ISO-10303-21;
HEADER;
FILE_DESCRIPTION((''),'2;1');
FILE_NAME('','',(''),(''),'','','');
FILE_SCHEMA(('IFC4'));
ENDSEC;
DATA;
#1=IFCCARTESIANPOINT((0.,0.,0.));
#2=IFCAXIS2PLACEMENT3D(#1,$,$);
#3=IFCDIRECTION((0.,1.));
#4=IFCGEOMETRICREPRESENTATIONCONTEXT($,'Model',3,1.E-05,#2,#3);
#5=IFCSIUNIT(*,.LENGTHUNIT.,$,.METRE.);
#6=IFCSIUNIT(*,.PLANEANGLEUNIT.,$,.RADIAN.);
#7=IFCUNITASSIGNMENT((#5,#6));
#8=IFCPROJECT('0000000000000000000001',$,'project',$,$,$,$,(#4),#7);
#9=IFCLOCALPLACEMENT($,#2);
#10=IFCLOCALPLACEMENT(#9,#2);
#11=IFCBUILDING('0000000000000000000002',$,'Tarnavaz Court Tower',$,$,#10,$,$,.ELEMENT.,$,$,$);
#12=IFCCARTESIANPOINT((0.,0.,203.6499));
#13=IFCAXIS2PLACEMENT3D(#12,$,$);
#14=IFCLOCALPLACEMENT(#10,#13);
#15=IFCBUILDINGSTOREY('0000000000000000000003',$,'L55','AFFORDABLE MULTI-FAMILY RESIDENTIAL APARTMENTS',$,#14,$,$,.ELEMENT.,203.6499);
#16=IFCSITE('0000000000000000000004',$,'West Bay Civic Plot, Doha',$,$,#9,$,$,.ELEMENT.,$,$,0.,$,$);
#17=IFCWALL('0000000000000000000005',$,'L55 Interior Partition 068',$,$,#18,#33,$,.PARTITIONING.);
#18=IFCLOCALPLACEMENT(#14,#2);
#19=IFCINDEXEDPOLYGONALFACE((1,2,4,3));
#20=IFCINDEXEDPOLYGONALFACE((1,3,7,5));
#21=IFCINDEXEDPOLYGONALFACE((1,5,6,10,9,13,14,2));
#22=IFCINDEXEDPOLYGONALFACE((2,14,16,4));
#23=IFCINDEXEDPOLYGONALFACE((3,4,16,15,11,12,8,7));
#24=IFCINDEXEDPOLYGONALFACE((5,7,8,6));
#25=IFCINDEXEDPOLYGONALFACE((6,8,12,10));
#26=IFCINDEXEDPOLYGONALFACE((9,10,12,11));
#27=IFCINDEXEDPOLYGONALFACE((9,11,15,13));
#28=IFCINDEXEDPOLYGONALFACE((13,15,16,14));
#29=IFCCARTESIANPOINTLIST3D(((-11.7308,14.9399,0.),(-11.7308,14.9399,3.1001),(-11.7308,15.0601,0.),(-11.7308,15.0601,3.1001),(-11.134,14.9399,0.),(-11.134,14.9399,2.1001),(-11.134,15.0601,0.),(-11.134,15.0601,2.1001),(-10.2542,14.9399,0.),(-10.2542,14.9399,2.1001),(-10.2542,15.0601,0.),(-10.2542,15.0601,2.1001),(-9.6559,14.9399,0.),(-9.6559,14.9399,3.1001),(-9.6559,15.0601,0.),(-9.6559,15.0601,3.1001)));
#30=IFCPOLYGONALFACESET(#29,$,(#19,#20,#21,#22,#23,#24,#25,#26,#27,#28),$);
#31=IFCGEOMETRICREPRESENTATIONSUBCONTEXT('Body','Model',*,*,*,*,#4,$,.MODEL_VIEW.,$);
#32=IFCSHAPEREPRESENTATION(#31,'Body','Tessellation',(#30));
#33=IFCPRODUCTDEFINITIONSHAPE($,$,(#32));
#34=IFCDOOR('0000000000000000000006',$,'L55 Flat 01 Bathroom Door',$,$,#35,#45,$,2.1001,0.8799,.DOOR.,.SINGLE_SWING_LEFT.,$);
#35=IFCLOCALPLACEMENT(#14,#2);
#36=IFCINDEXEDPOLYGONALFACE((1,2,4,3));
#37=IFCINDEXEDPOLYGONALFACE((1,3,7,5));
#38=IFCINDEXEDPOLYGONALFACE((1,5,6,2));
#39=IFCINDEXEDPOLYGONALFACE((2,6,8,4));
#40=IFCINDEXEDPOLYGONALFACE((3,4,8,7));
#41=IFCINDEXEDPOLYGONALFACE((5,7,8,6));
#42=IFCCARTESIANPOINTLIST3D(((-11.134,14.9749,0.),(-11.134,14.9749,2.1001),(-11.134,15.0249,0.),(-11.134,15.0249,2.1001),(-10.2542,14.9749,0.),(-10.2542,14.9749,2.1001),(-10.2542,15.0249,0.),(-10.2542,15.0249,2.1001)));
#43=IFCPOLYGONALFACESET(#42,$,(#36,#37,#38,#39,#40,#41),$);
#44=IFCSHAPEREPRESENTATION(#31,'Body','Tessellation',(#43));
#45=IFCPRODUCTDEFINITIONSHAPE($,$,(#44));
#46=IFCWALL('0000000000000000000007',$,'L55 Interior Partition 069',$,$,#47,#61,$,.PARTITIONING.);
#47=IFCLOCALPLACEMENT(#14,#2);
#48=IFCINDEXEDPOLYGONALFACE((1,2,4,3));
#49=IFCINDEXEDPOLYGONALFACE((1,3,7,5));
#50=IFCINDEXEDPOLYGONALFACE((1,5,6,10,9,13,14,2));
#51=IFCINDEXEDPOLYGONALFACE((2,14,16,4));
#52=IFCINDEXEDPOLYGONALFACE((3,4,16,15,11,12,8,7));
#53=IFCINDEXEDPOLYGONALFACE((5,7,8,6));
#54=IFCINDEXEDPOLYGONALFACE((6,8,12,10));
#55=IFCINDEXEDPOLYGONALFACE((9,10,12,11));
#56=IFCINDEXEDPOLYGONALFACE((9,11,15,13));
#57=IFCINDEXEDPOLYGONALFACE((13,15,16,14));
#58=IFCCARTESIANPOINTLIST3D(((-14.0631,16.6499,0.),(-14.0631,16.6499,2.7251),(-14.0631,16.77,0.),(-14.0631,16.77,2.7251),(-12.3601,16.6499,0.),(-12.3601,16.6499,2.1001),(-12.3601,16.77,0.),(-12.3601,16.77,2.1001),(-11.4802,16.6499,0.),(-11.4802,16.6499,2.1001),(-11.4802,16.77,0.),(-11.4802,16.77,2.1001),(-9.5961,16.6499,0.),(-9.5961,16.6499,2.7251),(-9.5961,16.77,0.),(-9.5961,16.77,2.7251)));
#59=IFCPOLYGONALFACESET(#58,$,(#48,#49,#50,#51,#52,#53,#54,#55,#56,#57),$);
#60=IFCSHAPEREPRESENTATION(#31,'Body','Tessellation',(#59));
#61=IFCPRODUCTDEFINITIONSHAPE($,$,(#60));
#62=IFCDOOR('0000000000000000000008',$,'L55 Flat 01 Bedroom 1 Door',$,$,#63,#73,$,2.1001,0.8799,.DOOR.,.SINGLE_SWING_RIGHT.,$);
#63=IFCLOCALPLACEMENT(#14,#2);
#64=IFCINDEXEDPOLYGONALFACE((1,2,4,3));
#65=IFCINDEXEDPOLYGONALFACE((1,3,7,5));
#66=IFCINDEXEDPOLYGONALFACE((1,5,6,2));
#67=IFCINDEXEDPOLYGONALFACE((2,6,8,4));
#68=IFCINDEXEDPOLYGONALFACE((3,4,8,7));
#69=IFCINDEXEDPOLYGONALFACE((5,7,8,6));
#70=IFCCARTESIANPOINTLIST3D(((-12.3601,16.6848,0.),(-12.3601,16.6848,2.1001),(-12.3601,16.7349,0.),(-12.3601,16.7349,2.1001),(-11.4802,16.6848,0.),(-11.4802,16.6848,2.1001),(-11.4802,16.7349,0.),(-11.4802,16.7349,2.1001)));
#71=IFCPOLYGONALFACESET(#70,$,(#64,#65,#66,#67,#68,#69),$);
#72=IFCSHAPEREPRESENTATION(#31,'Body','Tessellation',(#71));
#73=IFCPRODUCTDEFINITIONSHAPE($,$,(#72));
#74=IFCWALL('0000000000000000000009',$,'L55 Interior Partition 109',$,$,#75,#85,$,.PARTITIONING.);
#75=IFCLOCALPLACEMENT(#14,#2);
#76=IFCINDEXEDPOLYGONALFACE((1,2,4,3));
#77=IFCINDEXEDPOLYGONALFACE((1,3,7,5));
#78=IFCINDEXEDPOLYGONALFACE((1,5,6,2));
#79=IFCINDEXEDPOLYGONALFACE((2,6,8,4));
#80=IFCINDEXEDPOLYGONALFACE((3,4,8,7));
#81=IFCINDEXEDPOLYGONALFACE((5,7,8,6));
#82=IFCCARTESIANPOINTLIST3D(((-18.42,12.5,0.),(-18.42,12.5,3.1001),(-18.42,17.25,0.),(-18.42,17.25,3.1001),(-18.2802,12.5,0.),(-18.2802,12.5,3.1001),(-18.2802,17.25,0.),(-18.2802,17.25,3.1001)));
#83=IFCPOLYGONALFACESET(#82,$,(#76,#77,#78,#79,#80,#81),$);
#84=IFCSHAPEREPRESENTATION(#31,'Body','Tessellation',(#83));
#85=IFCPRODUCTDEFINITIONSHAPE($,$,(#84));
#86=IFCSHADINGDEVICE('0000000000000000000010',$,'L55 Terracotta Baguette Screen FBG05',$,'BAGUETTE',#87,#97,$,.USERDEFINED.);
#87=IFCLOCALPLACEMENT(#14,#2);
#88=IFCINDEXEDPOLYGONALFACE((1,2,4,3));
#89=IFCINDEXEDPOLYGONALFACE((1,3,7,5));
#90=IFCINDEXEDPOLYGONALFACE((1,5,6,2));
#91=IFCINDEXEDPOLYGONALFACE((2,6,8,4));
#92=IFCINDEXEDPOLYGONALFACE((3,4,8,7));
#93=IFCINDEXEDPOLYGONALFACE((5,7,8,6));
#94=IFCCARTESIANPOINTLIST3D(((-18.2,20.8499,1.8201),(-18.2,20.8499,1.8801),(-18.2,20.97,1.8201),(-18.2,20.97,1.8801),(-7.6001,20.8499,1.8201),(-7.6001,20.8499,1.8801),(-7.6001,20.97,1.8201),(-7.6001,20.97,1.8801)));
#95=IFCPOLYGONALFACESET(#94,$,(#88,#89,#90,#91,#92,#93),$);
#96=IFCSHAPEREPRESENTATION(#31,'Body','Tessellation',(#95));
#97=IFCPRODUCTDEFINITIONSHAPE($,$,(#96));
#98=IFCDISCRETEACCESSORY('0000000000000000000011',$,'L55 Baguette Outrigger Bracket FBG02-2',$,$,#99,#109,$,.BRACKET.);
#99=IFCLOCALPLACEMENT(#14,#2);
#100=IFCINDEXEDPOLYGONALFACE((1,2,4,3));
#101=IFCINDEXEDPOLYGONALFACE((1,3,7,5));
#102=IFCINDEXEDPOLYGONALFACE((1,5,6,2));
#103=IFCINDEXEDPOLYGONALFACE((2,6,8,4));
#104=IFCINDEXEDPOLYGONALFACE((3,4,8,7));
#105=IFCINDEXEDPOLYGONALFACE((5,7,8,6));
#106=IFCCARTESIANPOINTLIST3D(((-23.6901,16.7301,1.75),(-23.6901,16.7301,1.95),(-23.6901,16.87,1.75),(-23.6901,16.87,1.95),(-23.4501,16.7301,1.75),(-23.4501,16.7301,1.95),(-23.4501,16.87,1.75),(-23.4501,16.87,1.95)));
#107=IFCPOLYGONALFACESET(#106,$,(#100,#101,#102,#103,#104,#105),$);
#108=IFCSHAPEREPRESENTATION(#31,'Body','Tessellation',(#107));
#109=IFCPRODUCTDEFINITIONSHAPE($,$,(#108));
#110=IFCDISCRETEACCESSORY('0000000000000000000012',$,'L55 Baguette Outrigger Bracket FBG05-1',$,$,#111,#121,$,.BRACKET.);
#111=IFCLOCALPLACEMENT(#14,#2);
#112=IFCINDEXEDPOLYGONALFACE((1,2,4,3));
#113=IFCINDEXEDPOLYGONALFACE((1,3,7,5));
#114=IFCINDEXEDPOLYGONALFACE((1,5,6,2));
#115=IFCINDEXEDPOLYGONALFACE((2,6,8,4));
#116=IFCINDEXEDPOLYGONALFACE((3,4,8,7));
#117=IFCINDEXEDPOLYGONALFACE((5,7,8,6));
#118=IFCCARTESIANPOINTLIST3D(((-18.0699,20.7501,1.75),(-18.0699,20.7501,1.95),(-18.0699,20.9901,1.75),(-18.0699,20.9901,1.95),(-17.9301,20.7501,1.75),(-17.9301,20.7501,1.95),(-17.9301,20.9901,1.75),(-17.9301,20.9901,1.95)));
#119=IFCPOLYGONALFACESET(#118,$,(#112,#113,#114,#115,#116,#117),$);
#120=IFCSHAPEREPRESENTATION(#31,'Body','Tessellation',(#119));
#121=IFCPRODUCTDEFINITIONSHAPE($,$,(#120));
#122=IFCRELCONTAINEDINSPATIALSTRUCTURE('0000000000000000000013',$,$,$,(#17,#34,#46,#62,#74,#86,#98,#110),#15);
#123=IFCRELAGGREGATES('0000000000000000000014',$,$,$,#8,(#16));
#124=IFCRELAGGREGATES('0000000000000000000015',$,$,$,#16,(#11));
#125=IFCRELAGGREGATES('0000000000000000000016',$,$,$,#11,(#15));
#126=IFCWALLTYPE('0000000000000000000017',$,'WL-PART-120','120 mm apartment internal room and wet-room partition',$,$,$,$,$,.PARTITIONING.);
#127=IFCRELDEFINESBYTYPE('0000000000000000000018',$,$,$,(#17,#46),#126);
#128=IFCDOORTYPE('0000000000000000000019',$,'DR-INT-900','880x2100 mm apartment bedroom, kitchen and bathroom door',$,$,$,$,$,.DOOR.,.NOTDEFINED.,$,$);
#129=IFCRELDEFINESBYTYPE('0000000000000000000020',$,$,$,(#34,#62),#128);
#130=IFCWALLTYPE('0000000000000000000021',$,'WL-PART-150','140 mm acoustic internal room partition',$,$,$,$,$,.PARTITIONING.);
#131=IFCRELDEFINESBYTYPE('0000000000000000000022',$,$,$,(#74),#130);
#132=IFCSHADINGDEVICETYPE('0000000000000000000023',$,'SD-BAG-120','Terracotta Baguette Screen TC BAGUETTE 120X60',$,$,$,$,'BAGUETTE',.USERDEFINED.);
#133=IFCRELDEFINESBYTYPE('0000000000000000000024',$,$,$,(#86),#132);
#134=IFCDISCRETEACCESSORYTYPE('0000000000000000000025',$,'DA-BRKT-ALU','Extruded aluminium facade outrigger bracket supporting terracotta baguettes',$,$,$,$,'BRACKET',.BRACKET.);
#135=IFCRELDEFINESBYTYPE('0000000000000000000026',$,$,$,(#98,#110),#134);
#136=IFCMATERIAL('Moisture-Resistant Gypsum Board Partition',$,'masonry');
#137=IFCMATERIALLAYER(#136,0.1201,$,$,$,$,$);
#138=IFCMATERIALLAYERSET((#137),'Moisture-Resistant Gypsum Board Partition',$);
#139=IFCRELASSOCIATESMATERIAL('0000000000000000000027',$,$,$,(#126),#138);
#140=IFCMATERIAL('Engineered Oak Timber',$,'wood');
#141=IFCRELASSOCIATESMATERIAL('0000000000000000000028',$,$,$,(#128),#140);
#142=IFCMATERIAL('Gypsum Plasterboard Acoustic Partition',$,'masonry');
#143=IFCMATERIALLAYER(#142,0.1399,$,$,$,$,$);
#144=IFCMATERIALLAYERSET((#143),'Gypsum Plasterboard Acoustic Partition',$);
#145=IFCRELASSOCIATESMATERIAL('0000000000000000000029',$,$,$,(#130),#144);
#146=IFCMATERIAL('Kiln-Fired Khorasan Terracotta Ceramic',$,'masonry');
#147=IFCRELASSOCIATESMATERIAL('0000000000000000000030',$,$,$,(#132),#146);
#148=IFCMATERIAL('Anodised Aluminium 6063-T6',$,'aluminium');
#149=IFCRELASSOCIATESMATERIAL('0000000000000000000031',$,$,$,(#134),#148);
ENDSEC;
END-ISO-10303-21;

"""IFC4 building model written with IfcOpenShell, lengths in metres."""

from ifc_helpers import new_model, si_unit, direction, frame, frame_2d, origin, origin_2d, place, context, subcontext, project, spatial, rectangle, extrude, material, layer, layer_set, material_profile, profile_set, type_object, element, fill, save


model = new_model("IFC4")

# Units and contexts
model_context = context("Model", 3, precision=1e-05, world=origin(), true_north=direction((0.0, 1.0)))
body_context = subcontext(model_context, "Body", "Model", "MODEL_VIEW")
ifc_project = project(units=[si_unit("LENGTHUNIT", "METRE"), si_unit("PLANEANGLEUNIT", "RADIAN")], contexts=[model_context])

# Site, building, storey
site_placement = place(None, origin())
site = spatial("IfcSite", under=ifc_project, at=site_placement, Name="West Bay Civic Plot, Doha", CompositionType="ELEMENT", RefElevation=0.0)
building_placement = place(site_placement, origin())
building = spatial("IfcBuilding", under=site, at=building_placement, Name="Tarnavaz Court Tower", CompositionType="ELEMENT")
storey_placement = place(building_placement, frame((0.0, 0.0, 203.6499)))
storey = spatial("IfcBuildingStorey", under=building, at=storey_placement, Name="L55", Description="AFFORDABLE MULTI-FAMILY RESIDENTIAL APARTMENTS", CompositionType="ELEMENT", Elevation=203.6499)

# Walls, openings, doors
ifc_material_1 = material(Name="Moisture-Resistant Gypsum Board Partition", Category="masonry")
ifc_layer_1 = layer(ifc_material_1, 0.1201)
ifc_layer_set_1 = layer_set([ifc_layer_1], Name="Moisture-Resistant Gypsum Board Partition")
wall_type_1 = type_object("IfcWallType", Name="WL-PART-120", Description="120 mm apartment internal room and wet-room partition", PredefinedType="PARTITIONING", material=ifc_layer_set_1)
ifc_material_2 = material(Name="Engineered Oak Timber", Category="wood")
door_type = type_object("IfcDoorType", Name="DR-INT-900", Description="880x2100 mm apartment bedroom, kitchen and bathroom door", OperationType="NOTDEFINED", PredefinedType="DOOR", material=ifc_material_2)
wall_1_placement = place(storey_placement, frame((-11.731, 15.0, 0.0), z_axis=(0.0, 0.0, 1.0), x_axis=(1.0, 0.0, 0.0)))
wall_1 = element("IfcWall", 1, at=wall_1_placement, inside=storey, type_object=wall_type_1, Name="L55 Interior Partition 068", PredefinedType="PARTITIONING", context=body_context, shape_type="SweptSolid", body=[
    extrude(rectangle(XDim=2.075, YDim=0.1201, at=frame_2d((1.0376, 0.0))), origin(), (0.0, 0.0, 1.0), 3.1001),
])
opening_1_placement = place(wall_1_placement, frame((0.5969, 0.0, 0.0)))
opening_1 = element("IfcOpeningElement", 2, at=opening_1_placement, cuts=wall_1, PredefinedType="OPENING", context=body_context, shape_type="SweptSolid", body=[
    extrude(rectangle(XDim=0.8799, YDim=2.1001, at=frame_2d((0.4399, 1.05))), frame((0.0, 0.0701, 0.0), z_axis=(0.0, -1.0, 0.0), x_axis=(1.0, 0.0, 0.0)), (0.0, 0.0, 1.0), 0.1401),
])
door_1_placement = place(opening_1_placement, origin())
door_1 = element("IfcDoor", 3, at=door_1_placement, inside=storey, type_object=door_type, Name="L55 Flat 01 Bathroom Door", OperationType="SINGLE_SWING_LEFT", OverallHeight=2.1001, OverallWidth=0.8799, PredefinedType="DOOR", context=body_context, shape_type="SweptSolid", body=[
    extrude(rectangle(XDim=0.8799, YDim=2.1001, at=frame_2d((0.4399, 1.05))), frame((0.0, 0.0249, 0.0), z_axis=(0.0, -1.0, 0.0), x_axis=(1.0, 0.0, 0.0)), (0.0, 0.0, 1.0), 0.05),
])
fill(opening_1, door_1)
wall_2_placement = place(storey_placement, frame((-14.063, 16.71, 0.0), z_axis=(0.0, 0.0, 1.0), x_axis=(1.0, 0.0, 0.0)))
wall_2 = element("IfcWall", 4, at=wall_2_placement, inside=storey, type_object=wall_type_1, Name="L55 Interior Partition 069", PredefinedType="PARTITIONING", context=body_context, shape_type="SweptSolid", body=[
    extrude(rectangle(XDim=4.467, YDim=0.1201, at=frame_2d((2.2334, 0.0))), origin(), (0.0, 0.0, 1.0), 2.7251),
])
opening_2_placement = place(wall_2_placement, frame((1.7029, 0.0, 0.0)))
opening_2 = element("IfcOpeningElement", 5, at=opening_2_placement, cuts=wall_2, PredefinedType="OPENING", context=body_context, shape_type="SweptSolid", body=[
    extrude(rectangle(XDim=0.8799, YDim=2.1001, at=frame_2d((0.4399, 1.05))), frame((0.0, 0.0701, 0.0), z_axis=(0.0, -1.0, 0.0), x_axis=(1.0, 0.0, 0.0)), (0.0, 0.0, 1.0), 0.1401),
])
door_2_placement = place(opening_2_placement, origin())
door_2 = element("IfcDoor", 6, at=door_2_placement, inside=storey, type_object=door_type, Name="L55 Flat 01 Bedroom 1 Door", OperationType="SINGLE_SWING_RIGHT", OverallHeight=2.1001, OverallWidth=0.8799, PredefinedType="DOOR", context=body_context, shape_type="SweptSolid", body=[
    extrude(rectangle(XDim=0.8799, YDim=2.1001, at=frame_2d((0.4399, 1.05))), frame((0.0, 0.0249, 0.0), z_axis=(0.0, -1.0, 0.0), x_axis=(1.0, 0.0, 0.0)), (0.0, 0.0, 1.0), 0.05),
])
fill(opening_2, door_2)

# Wall
ifc_material_3 = material(Name="Gypsum Plasterboard Acoustic Partition", Category="masonry")
ifc_layer_2 = layer(ifc_material_3, 0.1399)
ifc_layer_set_2 = layer_set([ifc_layer_2], Name="Gypsum Plasterboard Acoustic Partition")
wall_type_2 = type_object("IfcWallType", Name="WL-PART-150", Description="140 mm acoustic internal room partition", PredefinedType="PARTITIONING", material=ifc_layer_set_2)
wall_3_placement = place(storey_placement, frame((-18.3501, 12.5, 0.0), z_axis=(0.0, 0.0, 1.0), x_axis=(0.0, 1.0, 0.0)))
element("IfcWall", 7, at=wall_3_placement, inside=storey, type_object=wall_type_2, Name="L55 Interior Partition 109", PredefinedType="PARTITIONING", context=body_context, shape_type="SweptSolid", body=[
    extrude(rectangle(XDim=4.75, YDim=0.1399, at=frame_2d((2.375, 0.0))), origin(), (0.0, 0.0, 1.0), 3.1001),
])

# Shading device
ifc_material_4 = material(Name="Kiln-Fired Khorasan Terracotta Ceramic", Category="masonry")
ifc_material_profile_1 = material_profile(ifc_material_4, rectangle(XDim=0.1201, YDim=0.0601, at=origin_2d()), Name="TC BAGUETTE 120X60")
ifc_profile_set_1 = profile_set([ifc_material_profile_1], Name="Kiln-Fired Khorasan Terracotta Ceramic")
shading_device_type = type_object("IfcShadingDeviceType", Name="SD-BAG-120", Description="Terracotta Baguette Screen TC BAGUETTE 120X60", ElementType="BAGUETTE", PredefinedType="USERDEFINED", material=ifc_profile_set_1)
shading_device_placement = place(storey_placement, frame((-18.2, 20.9099, 1.8501), z_axis=(1.0, 0.0, 0.0), x_axis=(0.0, 1.0, 0.0)))
element("IfcShadingDevice", 8, at=shading_device_placement, inside=storey, type_object=shading_device_type, Name="L55 Terracotta Baguette Screen FBG05", ObjectType="BAGUETTE", PredefinedType="USERDEFINED", context=body_context, shape_type="SweptSolid", body=[
    extrude(rectangle(XDim=0.1201, YDim=0.0601, at=origin_2d()), origin(), (0.0, 0.0, 1.0), 10.5999),
])

# Discrete accessories
ifc_material_5 = material(Name="Anodised Aluminium 6063-T6", Category="aluminium")
discrete_accessory_type = type_object("IfcDiscreteAccessoryType", Name="DA-BRKT-ALU", Description="Extruded aluminium facade outrigger bracket supporting terracotta baguettes", ElementType="BRACKET", PredefinedType="BRACKET", material=ifc_material_5)
for number, where, z_axis, x_axis, name in (
    (9, (-23.5701, 16.8, 1.75), (0.0, 0.0, 1.0), (0.0, 1.0, 0.0), "L55 Baguette Outrigger Bracket FBG02-2"),
    (10, (-18.0, 20.8701, 1.75), (0.0, 0.0, 1.0), (1.0, 0.0, 0.0), "L55 Baguette Outrigger Bracket FBG05-1"),
):
    element("IfcDiscreteAccessory", number, at=place(storey_placement, frame(where, z_axis=z_axis, x_axis=x_axis)), inside=storey, type_object=discrete_accessory_type, Name=name, PredefinedType="BRACKET", context=body_context, shape_type="SweptSolid", body=[
        extrude(rectangle(XDim=0.1399, YDim=0.24, at=origin_2d()), origin(), (0.0, 0.0, 1.0), 0.2),
    ])

save(model, "model.ifc")
